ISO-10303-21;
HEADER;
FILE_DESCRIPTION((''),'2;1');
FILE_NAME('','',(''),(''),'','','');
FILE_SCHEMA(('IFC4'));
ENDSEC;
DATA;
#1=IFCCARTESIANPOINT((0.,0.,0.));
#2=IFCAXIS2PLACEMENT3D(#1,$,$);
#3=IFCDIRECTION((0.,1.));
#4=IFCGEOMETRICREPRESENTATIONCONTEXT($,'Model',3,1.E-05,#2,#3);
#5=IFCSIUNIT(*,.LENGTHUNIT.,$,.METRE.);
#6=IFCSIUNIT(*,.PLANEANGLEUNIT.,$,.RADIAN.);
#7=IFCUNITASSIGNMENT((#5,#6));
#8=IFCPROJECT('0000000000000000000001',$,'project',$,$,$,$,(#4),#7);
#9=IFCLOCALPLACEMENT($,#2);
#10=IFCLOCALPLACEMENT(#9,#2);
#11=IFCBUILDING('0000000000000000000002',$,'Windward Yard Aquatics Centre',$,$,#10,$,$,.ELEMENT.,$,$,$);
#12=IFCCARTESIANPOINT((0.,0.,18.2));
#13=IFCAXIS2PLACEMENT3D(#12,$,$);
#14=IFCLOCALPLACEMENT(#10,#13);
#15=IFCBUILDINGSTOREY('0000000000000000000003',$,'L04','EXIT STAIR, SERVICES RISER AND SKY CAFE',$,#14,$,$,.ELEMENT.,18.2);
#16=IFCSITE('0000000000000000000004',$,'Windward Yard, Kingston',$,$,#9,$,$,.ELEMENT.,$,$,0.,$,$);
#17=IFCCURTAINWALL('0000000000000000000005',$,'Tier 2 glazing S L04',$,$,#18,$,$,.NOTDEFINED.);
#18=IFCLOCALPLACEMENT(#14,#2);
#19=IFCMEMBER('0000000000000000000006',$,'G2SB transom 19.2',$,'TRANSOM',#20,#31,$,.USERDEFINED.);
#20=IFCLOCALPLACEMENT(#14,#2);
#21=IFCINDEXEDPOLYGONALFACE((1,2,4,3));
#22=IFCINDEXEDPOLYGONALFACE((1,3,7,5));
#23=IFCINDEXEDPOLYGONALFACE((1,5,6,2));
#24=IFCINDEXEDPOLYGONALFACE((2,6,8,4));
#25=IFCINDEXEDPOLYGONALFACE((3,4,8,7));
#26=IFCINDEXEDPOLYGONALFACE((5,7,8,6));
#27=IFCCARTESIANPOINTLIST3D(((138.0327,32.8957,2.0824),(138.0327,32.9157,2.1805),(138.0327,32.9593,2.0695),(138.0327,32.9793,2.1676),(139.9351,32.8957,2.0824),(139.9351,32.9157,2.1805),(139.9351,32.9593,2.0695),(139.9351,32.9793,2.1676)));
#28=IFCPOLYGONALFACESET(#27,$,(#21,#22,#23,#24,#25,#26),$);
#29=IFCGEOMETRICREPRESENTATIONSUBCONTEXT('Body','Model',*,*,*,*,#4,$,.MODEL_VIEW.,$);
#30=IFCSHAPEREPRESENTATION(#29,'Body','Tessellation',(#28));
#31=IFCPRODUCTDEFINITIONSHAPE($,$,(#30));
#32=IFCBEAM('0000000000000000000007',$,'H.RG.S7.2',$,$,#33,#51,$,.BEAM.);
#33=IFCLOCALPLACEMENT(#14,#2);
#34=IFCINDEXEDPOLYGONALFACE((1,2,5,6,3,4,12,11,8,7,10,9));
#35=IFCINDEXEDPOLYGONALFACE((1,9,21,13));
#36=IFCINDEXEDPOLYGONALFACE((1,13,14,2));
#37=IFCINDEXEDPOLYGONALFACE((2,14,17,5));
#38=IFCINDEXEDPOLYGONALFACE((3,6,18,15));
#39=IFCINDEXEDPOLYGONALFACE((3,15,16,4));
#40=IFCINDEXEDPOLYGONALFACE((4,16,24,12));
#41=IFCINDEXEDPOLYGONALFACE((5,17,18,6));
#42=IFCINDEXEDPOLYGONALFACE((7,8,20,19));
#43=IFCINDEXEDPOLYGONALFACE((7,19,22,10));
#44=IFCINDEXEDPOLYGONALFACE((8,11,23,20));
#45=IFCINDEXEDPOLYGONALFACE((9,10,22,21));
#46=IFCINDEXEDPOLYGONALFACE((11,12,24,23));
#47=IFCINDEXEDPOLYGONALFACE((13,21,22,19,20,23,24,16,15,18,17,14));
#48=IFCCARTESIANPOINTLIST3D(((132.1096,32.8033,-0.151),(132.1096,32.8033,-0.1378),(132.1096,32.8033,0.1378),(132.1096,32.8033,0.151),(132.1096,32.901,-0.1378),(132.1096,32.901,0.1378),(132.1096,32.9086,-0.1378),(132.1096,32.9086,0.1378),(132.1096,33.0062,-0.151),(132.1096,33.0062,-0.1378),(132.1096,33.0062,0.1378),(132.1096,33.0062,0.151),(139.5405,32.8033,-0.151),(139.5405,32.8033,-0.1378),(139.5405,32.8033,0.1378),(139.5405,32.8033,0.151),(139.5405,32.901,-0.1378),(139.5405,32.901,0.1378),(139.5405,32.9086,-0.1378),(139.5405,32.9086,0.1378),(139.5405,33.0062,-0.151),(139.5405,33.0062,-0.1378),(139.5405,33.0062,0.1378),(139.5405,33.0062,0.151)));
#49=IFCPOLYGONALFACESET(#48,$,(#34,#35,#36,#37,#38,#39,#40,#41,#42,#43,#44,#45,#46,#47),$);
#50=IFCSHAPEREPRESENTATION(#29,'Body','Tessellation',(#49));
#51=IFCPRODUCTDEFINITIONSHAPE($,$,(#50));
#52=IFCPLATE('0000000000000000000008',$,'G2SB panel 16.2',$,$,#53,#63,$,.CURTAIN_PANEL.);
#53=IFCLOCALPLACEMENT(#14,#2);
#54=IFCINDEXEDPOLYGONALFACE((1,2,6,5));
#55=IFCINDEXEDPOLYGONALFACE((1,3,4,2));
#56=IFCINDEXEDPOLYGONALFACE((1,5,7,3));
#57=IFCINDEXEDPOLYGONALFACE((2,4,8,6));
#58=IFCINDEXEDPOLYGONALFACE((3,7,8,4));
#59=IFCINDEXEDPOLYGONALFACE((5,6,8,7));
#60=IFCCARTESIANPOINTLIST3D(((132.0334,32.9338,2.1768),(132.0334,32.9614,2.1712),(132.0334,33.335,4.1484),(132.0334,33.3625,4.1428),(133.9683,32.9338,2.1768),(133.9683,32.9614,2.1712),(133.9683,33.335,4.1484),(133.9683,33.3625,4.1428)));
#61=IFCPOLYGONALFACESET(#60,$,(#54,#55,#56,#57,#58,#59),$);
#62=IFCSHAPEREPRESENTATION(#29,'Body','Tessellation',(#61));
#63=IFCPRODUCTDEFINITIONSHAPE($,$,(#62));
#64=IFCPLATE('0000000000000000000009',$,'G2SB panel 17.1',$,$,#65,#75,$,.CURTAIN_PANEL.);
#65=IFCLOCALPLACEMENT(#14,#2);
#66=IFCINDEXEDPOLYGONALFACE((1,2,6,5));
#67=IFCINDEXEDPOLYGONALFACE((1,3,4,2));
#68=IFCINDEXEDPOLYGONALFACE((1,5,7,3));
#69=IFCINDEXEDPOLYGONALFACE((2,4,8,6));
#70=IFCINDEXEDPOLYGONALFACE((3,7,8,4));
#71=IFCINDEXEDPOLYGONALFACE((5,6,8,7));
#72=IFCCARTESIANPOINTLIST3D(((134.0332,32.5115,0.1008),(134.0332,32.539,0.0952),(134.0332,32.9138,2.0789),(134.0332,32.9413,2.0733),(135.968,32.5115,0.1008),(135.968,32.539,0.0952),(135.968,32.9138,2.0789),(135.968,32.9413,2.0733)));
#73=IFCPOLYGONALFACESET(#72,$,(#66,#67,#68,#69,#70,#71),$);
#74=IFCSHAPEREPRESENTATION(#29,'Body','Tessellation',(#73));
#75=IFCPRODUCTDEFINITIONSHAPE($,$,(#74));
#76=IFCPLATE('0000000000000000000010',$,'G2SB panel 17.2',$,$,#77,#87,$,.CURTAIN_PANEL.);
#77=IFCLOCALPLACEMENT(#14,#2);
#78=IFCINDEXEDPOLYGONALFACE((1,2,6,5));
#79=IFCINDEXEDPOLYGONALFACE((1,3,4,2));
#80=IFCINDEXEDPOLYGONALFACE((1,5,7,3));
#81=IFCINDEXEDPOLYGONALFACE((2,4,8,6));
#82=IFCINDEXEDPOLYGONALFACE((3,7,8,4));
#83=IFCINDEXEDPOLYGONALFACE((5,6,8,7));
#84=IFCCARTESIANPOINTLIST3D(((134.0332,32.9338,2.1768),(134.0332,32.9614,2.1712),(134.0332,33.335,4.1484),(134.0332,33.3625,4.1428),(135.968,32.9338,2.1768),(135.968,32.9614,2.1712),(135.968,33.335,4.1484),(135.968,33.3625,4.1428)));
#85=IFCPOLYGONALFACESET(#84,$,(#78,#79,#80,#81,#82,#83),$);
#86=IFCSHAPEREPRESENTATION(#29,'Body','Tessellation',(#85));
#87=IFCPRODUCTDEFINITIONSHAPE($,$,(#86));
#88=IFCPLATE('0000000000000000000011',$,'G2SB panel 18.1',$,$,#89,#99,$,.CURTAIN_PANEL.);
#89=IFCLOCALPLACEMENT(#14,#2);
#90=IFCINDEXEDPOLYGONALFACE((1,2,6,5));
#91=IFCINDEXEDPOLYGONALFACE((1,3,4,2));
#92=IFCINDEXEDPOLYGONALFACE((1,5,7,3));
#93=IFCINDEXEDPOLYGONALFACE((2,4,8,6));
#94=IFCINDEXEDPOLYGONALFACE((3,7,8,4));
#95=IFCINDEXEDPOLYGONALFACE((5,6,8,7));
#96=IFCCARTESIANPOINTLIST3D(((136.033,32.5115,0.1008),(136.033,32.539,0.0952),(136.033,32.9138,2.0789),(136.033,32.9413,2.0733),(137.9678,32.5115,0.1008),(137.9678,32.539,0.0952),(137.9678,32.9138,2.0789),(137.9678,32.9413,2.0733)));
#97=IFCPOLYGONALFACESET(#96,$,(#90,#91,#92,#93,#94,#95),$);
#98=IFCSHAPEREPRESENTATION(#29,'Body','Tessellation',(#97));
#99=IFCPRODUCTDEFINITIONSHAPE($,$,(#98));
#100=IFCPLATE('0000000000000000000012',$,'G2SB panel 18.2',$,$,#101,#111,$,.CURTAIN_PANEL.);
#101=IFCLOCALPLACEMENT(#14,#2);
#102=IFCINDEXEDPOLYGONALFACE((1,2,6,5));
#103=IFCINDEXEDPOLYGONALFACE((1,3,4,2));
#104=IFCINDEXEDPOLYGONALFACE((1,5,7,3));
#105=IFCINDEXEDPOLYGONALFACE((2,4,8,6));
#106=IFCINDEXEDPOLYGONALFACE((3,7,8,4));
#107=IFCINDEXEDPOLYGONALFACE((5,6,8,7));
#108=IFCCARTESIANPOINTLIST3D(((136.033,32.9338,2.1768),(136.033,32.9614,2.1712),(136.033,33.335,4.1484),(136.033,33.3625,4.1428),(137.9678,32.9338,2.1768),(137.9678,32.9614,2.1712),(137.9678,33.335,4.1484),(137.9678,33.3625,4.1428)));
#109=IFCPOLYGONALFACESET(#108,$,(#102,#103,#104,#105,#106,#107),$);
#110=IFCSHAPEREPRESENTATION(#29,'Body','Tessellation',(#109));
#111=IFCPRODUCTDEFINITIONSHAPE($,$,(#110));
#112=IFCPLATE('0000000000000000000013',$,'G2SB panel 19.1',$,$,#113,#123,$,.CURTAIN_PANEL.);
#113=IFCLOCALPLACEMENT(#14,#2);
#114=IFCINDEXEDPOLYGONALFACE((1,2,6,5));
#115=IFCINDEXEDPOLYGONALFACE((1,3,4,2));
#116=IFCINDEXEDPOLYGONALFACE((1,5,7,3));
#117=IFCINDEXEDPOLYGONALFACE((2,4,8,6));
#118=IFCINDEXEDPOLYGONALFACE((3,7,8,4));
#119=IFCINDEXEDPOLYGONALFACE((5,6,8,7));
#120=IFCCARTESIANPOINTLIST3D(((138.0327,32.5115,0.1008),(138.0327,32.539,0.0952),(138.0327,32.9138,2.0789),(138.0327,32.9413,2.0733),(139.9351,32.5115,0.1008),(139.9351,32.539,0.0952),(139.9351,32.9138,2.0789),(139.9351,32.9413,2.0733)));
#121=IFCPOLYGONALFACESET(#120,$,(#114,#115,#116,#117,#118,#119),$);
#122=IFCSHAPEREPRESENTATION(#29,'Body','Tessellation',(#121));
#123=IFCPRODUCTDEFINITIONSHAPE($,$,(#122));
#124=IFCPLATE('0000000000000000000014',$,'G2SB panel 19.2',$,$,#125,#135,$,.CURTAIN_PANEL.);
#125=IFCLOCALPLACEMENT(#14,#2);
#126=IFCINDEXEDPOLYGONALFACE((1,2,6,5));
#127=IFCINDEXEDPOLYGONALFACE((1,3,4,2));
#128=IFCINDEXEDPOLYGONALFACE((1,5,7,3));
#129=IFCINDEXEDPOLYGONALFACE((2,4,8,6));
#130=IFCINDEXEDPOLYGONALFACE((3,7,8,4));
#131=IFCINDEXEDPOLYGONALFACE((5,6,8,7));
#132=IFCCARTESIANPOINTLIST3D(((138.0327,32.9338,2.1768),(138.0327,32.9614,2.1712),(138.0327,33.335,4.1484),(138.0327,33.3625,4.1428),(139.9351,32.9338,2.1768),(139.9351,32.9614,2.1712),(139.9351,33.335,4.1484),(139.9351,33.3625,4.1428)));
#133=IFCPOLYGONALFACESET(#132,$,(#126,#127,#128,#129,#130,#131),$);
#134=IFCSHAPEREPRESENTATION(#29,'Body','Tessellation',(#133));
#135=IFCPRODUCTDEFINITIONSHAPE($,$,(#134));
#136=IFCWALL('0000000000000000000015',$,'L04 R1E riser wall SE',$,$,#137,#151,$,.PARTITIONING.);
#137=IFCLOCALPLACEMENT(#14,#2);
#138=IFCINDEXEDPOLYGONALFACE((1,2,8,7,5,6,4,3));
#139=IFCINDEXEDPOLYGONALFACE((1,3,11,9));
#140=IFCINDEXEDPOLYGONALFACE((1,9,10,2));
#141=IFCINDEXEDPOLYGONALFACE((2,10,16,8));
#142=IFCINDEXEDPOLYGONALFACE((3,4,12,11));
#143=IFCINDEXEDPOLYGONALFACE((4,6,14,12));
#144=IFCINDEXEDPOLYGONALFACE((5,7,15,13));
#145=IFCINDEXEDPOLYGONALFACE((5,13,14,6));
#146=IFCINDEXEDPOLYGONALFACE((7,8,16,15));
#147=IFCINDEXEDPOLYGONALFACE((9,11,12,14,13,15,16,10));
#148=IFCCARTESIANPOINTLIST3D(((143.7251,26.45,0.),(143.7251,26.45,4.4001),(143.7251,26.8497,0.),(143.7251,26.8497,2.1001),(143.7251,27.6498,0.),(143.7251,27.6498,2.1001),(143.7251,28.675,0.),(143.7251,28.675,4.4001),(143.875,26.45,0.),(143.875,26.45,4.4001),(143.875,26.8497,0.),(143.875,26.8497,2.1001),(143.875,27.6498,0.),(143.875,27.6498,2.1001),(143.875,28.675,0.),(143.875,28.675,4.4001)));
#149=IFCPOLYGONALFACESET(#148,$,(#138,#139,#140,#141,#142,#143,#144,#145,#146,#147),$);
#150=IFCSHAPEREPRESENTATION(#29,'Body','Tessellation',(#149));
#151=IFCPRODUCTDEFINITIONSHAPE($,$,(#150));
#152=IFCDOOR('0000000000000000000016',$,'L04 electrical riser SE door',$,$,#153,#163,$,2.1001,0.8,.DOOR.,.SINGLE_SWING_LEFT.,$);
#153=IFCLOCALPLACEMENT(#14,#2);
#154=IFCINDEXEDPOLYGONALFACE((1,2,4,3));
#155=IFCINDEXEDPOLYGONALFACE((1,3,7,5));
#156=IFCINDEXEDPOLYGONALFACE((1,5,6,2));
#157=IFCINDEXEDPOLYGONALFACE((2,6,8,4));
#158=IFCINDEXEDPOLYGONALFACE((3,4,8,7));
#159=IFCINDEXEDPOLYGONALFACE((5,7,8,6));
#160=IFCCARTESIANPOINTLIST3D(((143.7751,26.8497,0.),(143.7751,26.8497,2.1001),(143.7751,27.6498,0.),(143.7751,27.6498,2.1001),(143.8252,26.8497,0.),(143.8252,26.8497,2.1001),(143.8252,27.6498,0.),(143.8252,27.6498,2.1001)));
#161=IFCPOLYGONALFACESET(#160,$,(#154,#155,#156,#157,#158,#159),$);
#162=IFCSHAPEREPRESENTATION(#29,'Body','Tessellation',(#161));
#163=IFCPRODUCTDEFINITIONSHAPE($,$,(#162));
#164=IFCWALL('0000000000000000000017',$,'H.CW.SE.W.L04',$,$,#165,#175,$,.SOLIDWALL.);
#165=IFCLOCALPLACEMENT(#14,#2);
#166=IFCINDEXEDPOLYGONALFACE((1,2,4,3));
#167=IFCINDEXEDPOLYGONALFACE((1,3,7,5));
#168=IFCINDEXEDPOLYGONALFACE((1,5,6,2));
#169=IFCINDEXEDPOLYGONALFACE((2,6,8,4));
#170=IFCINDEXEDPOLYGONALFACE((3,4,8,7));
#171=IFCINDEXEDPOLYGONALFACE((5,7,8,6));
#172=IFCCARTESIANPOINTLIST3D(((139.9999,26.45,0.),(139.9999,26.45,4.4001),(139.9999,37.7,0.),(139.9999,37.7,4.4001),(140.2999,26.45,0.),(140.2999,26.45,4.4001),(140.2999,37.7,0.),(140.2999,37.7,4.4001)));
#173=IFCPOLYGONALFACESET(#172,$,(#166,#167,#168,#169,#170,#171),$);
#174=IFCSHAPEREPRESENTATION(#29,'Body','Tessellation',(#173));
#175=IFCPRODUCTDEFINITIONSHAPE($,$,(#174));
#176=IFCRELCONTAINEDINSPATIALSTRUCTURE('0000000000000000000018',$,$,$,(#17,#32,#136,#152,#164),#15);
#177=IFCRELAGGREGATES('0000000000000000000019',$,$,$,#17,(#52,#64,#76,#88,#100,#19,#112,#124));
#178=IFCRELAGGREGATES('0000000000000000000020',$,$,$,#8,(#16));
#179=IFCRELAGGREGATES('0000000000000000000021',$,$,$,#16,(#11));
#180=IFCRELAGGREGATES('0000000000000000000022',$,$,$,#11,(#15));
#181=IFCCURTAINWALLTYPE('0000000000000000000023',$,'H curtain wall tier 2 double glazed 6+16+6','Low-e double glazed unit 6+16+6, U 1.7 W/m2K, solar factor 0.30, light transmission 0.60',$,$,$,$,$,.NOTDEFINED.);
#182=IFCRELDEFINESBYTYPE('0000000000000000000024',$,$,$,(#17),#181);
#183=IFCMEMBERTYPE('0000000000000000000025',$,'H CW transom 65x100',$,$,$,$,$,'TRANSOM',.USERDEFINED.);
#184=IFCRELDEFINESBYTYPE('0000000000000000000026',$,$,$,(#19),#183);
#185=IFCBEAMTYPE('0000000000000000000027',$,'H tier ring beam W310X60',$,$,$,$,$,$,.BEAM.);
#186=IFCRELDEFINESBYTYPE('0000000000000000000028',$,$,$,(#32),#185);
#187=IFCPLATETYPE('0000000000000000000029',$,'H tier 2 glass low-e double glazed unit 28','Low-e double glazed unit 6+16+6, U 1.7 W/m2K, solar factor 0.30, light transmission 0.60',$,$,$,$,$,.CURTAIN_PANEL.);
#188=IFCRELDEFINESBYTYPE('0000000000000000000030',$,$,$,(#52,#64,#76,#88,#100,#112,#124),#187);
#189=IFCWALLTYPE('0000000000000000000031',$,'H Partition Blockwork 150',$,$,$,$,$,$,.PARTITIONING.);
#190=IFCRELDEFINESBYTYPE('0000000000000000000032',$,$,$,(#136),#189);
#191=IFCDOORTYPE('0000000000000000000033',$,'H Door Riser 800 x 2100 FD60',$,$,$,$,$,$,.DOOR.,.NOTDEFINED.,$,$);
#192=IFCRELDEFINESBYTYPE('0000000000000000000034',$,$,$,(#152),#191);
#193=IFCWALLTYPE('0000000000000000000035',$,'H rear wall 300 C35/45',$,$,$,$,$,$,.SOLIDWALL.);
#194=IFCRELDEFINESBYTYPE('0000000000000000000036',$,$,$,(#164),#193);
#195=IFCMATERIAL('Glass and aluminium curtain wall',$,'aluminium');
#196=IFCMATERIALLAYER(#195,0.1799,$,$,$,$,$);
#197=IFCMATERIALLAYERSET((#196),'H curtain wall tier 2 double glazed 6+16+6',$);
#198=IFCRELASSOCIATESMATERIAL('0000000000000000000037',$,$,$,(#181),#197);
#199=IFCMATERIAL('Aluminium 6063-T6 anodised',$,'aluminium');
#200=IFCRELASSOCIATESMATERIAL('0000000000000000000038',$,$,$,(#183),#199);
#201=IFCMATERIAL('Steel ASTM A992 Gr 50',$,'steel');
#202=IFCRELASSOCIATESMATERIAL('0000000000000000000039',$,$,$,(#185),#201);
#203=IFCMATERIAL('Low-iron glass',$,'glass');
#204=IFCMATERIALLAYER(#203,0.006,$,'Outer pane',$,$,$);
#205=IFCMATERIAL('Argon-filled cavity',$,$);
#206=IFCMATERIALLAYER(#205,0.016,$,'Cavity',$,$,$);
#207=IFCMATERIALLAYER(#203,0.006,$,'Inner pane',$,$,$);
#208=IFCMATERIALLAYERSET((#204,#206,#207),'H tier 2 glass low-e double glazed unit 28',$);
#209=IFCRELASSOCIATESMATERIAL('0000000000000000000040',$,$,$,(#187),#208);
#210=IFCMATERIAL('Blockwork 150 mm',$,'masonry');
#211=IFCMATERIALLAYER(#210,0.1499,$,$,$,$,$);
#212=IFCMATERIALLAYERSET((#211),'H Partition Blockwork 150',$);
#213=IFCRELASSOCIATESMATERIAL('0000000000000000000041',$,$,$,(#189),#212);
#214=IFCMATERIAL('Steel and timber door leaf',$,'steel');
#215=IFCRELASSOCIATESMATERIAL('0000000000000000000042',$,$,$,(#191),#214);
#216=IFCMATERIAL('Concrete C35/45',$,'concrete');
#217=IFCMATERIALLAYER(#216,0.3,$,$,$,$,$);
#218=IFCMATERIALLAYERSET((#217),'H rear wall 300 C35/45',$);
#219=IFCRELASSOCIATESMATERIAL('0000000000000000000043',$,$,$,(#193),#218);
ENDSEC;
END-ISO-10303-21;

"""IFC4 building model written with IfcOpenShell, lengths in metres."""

from ifc_helpers import new_model, si_unit, direction, frame, frame_2d, origin, origin_2d, place, context, subcontext, project, spatial, polyline, rectangle, i_section, outline, extrude, material, layer, layer_set, material_profile, profile_set, type_object, element, fill, aggregate, save


model = new_model("IFC4")

# Units and contexts
model_context = context("Model", 3, precision=1e-05, world=origin(), true_north=direction((0.0, 1.0)))
body_context = subcontext(model_context, "Body", "Model", "MODEL_VIEW")
ifc_project = project(units=[si_unit("LENGTHUNIT", "METRE"), si_unit("PLANEANGLEUNIT", "RADIAN")], contexts=[model_context])

# Site, building, storey
site_placement = place(None, origin())
site = spatial("IfcSite", under=ifc_project, at=site_placement, Name="Windward Yard, Kingston", CompositionType="ELEMENT", RefElevation=0.0)
building_placement = place(site_placement, origin())
building = spatial("IfcBuilding", under=site, at=building_placement, Name="Windward Yard Aquatics Centre", CompositionType="ELEMENT")
storey_placement = place(building_placement, frame((0.0, 0.0, 18.2)))
storey = spatial("IfcBuildingStorey", under=building, at=storey_placement, Name="L04", Description="EXIT STAIR, SERVICES RISER AND SKY CAFE", CompositionType="ELEMENT", Elevation=18.2)

# Curtain wall, member
ifc_material_1 = material(Name="Glass and aluminium curtain wall", Category="aluminium")
ifc_layer_1 = layer(ifc_material_1, 0.1799)
ifc_layer_set_1 = layer_set([ifc_layer_1], Name="H curtain wall tier 2 double glazed 6+16+6")
curtain_wall_type = type_object("IfcCurtainWallType", Name="H curtain wall tier 2 double glazed 6+16+6", Description="Low-e double glazed unit 6+16+6, U 1.7 W/m2K, solar factor 0.30, light transmission 0.60", PredefinedType="NOTDEFINED", material=ifc_layer_set_1)
curtain_wall_placement = place(storey_placement, origin())
curtain_wall = element("IfcCurtainWall", 1, at=curtain_wall_placement, inside=storey, type_object=curtain_wall_type, Name="Tier 2 glazing S L04", PredefinedType="NOTDEFINED")
ifc_material_2 = material(Name="Aluminium 6063-T6 anodised", Category="aluminium")
ifc_material_profile_1 = material_profile(ifc_material_2, rectangle(XDim=0.0649, YDim=0.1001, at=origin_2d()), Name="H CW transom 65x100")
ifc_profile_set_1 = profile_set([ifc_material_profile_1], Name="Aluminium 6063-T6 anodised")
member_type_1 = type_object("IfcMemberType", Name="H CW transom 65x100", ElementType="TRANSOM", PredefinedType="USERDEFINED", material=ifc_profile_set_1)
member_1_placement = place(storey_placement, frame((138.0327, 32.9375, 2.125), z_axis=(1.0, 0.0, 0.0), x_axis=(0.0, -0.979925, 0.199368)))
member_1 = element("IfcMember", 2, at=member_1_placement, type_object=member_type_1, Name="G2SB transom 19.2", ObjectType="TRANSOM", PredefinedType="USERDEFINED", context=body_context, shape_type="SweptSolid", body=[
    extrude(rectangle(XDim=0.0649, YDim=0.1001, at=origin_2d()), origin(), (0.0, 0.0, 1.0), 1.9023),
])

# Beam
ifc_material_3 = material(Name="Steel ASTM A992 Gr 50", Category="steel")
ifc_material_profile_2 = material_profile(ifc_material_3, i_section(OverallWidth=0.2029, OverallDepth=0.302, WebThickness=0.0076, FlangeThickness=0.0132, at=origin_2d()), Name="W310X60")
ifc_profile_set_2 = profile_set([ifc_material_profile_2], Name="Steel ASTM A992 Gr 50")
beam_type = type_object("IfcBeamType", Name="H tier ring beam W310X60", PredefinedType="BEAM", material=ifc_profile_set_2)
beam_placement = place(storey_placement, frame((132.1096, 32.9048, 0.0), z_axis=(1.0, 0.0, 0.0), x_axis=(0.0, 1.0, 0.0)))
element("IfcBeam", 3, at=beam_placement, inside=storey, type_object=beam_type, Name="H.RG.S7.2", PredefinedType="BEAM", context=body_context, shape_type="SweptSolid", body=[
    extrude(i_section(OverallWidth=0.2029, OverallDepth=0.302, WebThickness=0.0076, FlangeThickness=0.0132, at=origin_2d()), origin(), (0.0, 0.0, 1.0), 7.4309),
])

# Plates
ifc_material_4 = material(Name="Low-iron glass", Category="glass")
ifc_layer_2 = layer(ifc_material_4, 0.006, Name="Outer pane")
ifc_material_5 = material(Name="Argon-filled cavity")
ifc_layer_3 = layer(ifc_material_5, 0.016, Name="Cavity")
ifc_layer_4 = layer(ifc_material_4, 0.006, Name="Inner pane")
ifc_layer_set_2 = layer_set([ifc_layer_2, ifc_layer_3, ifc_layer_4], Name="H tier 2 glass low-e double glazed unit 28")
plate_type = type_object("IfcPlateType", Name="H tier 2 glass low-e double glazed unit 28", Description="Low-e double glazed unit 6+16+6, U 1.7 W/m2K, solar factor 0.30, light transmission 0.60", PredefinedType="CURTAIN_PANEL", material=ifc_layer_set_2)
plate_1_placement = place(storey_placement, frame((132.0334, 32.9338, 2.1768), z_axis=(0.0, -0.979927, 0.199359), x_axis=(1.0, 0.0, 0.0)))
plate_1 = element("IfcPlate", 4, at=plate_1_placement, type_object=plate_type, Name="G2SB panel 16.2", PredefinedType="CURTAIN_PANEL", context=body_context, shape_type="SweptSolid", body=[
    extrude(outline(polyline([(0.0, 0.0), (1.9348, 0.0), (1.9348, 2.0121), (0.0, 2.0121), (0.0, 0.0)])), origin(), (0.0, 0.0, -1.0), 0.0281),
])
plate_2_placement = place(storey_placement, frame((134.0332, 32.5115, 0.1008), z_axis=(0.0, -0.979933, 0.199325), x_axis=(1.0, 0.0, 0.0)))
plate_2 = element("IfcPlate", 5, at=plate_2_placement, type_object=plate_type, Name="G2SB panel 17.1", PredefinedType="CURTAIN_PANEL", context=body_context, shape_type="SweptSolid", body=[
    extrude(outline(polyline([(0.0, 0.0), (1.9348, 0.0), (1.9348, 2.0185), (0.0, 2.0185), (0.0, 0.0)])), origin(), (0.0, 0.0, -1.0), 0.0281),
])
plate_3_placement = place(storey_placement, frame((134.0332, 32.9338, 2.1768), z_axis=(0.0, -0.979927, 0.199359), x_axis=(1.0, 0.0, 0.0)))
plate_3 = element("IfcPlate", 6, at=plate_3_placement, type_object=plate_type, Name="G2SB panel 17.2", PredefinedType="CURTAIN_PANEL", context=body_context, shape_type="SweptSolid", body=[
    extrude(outline(polyline([(0.0, 0.0), (1.9348, 0.0), (1.9348, 2.0121), (0.0, 2.0121), (0.0, 0.0)])), origin(), (0.0, 0.0, -1.0), 0.0281),
])
plate_4_placement = place(storey_placement, frame((136.033, 32.5115, 0.1008), z_axis=(0.0, -0.979933, 0.199325), x_axis=(1.0, 0.0, 0.0)))
plate_4 = element("IfcPlate", 7, at=plate_4_placement, type_object=plate_type, Name="G2SB panel 18.1", PredefinedType="CURTAIN_PANEL", context=body_context, shape_type="SweptSolid", body=[
    extrude(outline(polyline([(0.0, 0.0), (1.9348, 0.0), (1.9348, 2.0185), (0.0, 2.0185), (0.0, 0.0)])), origin(), (0.0, 0.0, -1.0), 0.0281),
])
plate_5_placement = place(storey_placement, frame((136.033, 32.9338, 2.1768), z_axis=(0.0, -0.979927, 0.199359), x_axis=(1.0, 0.0, 0.0)))
plate_5 = element("IfcPlate", 8, at=plate_5_placement, type_object=plate_type, Name="G2SB panel 18.2", PredefinedType="CURTAIN_PANEL", context=body_context, shape_type="SweptSolid", body=[
    extrude(outline(polyline([(0.0, 0.0), (1.9348, 0.0), (1.9348, 2.0121), (0.0, 2.0121), (0.0, 0.0)])), origin(), (0.0, 0.0, -1.0), 0.0281),
])
plate_6_placement = place(storey_placement, frame((138.0327, 32.5115, 0.1008), z_axis=(0.0, -0.979933, 0.199325), x_axis=(1.0, 0.0, 0.0)))
plate_6 = element("IfcPlate", 9, at=plate_6_placement, type_object=plate_type, Name="G2SB panel 19.1", PredefinedType="CURTAIN_PANEL", context=body_context, shape_type="SweptSolid", body=[
    extrude(outline(polyline([(0.0, 0.0), (1.9023, 0.0), (1.9023, 2.0185), (0.0, 2.0185), (0.0, 0.0)])), origin(), (0.0, 0.0, -1.0), 0.0281),
])
plate_7_placement = place(storey_placement, frame((138.0327, 32.9338, 2.1768), z_axis=(0.0, -0.979927, 0.199359), x_axis=(1.0, 0.0, 0.0)))
plate_7 = element("IfcPlate", 10, at=plate_7_placement, type_object=plate_type, Name="G2SB panel 19.2", PredefinedType="CURTAIN_PANEL", context=body_context, shape_type="SweptSolid", body=[
    extrude(outline(polyline([(0.0, 0.0), (1.9023, 0.0), (1.9023, 2.0121), (0.0, 2.0121), (0.0, 0.0)])), origin(), (0.0, 0.0, -1.0), 0.0281),
])
aggregate(curtain_wall, [plate_1, plate_2, plate_3, plate_4, plate_5, member_1, plate_6, plate_7])

# Wall, opening, door
ifc_material_6 = material(Name="Blockwork 150 mm", Category="masonry")
ifc_layer_5 = layer(ifc_material_6, 0.1499)
ifc_layer_set_3 = layer_set([ifc_layer_5], Name="H Partition Blockwork 150")
wall_type_1 = type_object("IfcWallType", Name="H Partition Blockwork 150", PredefinedType="PARTITIONING", material=ifc_layer_set_3)
wall_1_placement = place(storey_placement, frame((143.8, 26.45, 0.0), z_axis=(0.0, 0.0, 1.0), x_axis=(0.0, 1.0, 0.0)))
wall_1 = element("IfcWall", 11, at=wall_1_placement, inside=storey, type_object=wall_type_1, Name="L04 R1E riser wall SE", PredefinedType="PARTITIONING", context=body_context, shape_type="SweptSolid", body=[
    extrude(rectangle(XDim=2.2251, YDim=0.1499, at=frame_2d((1.1125, 0.0))), origin(), (0.0, 0.0, 1.0), 4.4001),
])
opening_placement = place(wall_1_placement, frame((0.3999, 0.0, 0.0)))
opening = element("IfcOpeningElement", 12, at=opening_placement, cuts=wall_1, PredefinedType="OPENING", context=body_context, shape_type="SweptSolid", body=[
    extrude(rectangle(XDim=0.8, YDim=2.1001, at=frame_2d((0.3999, 1.05))), frame((0.0, 0.085, 0.0), z_axis=(0.0, -1.0, 0.0), x_axis=(1.0, 0.0, 0.0)), (0.0, 0.0, 1.0), 0.1699),
])
ifc_material_7 = material(Name="Steel and timber door leaf", Category="steel")
door_type = type_object("IfcDoorType", Name="H Door Riser 800 x 2100 FD60", OperationType="NOTDEFINED", PredefinedType="DOOR", material=ifc_material_7)
door_placement = place(opening_placement, origin())
door = element("IfcDoor", 13, at=door_placement, inside=storey, type_object=door_type, Name="L04 electrical riser SE door", OperationType="SINGLE_SWING_LEFT", OverallHeight=2.1001, OverallWidth=0.8, PredefinedType="DOOR", context=body_context, shape_type="SweptSolid", body=[
    extrude(rectangle(XDim=0.8, YDim=2.1001, at=frame_2d((0.3999, 1.05))), frame((0.0, 0.0249, 0.0), z_axis=(0.0, -1.0, 0.0), x_axis=(1.0, 0.0, 0.0)), (0.0, 0.0, 1.0), 0.05),
])
fill(opening, door)

# Wall
ifc_material_8 = material(Name="Concrete C35/45", Category="concrete")
ifc_layer_6 = layer(ifc_material_8, 0.3)
ifc_layer_set_4 = layer_set([ifc_layer_6], Name="H rear wall 300 C35/45")
wall_type_2 = type_object("IfcWallType", Name="H rear wall 300 C35/45", PredefinedType="SOLIDWALL", material=ifc_layer_set_4)
wall_2_placement = place(storey_placement, frame((140.1499, 26.45, 0.0), z_axis=(0.0, 0.0, 1.0), x_axis=(0.0, 1.0, 0.0)))
element("IfcWall", 14, at=wall_2_placement, inside=storey, type_object=wall_type_2, Name="H.CW.SE.W.L04", PredefinedType="SOLIDWALL", context=body_context, shape_type="SweptSolid", body=[
    extrude(rectangle(XDim=11.25, YDim=0.3, at=frame_2d((5.625, 0.0))), origin(), (0.0, 0.0, 1.0), 4.4001),
])

save(model, "model.ifc")
